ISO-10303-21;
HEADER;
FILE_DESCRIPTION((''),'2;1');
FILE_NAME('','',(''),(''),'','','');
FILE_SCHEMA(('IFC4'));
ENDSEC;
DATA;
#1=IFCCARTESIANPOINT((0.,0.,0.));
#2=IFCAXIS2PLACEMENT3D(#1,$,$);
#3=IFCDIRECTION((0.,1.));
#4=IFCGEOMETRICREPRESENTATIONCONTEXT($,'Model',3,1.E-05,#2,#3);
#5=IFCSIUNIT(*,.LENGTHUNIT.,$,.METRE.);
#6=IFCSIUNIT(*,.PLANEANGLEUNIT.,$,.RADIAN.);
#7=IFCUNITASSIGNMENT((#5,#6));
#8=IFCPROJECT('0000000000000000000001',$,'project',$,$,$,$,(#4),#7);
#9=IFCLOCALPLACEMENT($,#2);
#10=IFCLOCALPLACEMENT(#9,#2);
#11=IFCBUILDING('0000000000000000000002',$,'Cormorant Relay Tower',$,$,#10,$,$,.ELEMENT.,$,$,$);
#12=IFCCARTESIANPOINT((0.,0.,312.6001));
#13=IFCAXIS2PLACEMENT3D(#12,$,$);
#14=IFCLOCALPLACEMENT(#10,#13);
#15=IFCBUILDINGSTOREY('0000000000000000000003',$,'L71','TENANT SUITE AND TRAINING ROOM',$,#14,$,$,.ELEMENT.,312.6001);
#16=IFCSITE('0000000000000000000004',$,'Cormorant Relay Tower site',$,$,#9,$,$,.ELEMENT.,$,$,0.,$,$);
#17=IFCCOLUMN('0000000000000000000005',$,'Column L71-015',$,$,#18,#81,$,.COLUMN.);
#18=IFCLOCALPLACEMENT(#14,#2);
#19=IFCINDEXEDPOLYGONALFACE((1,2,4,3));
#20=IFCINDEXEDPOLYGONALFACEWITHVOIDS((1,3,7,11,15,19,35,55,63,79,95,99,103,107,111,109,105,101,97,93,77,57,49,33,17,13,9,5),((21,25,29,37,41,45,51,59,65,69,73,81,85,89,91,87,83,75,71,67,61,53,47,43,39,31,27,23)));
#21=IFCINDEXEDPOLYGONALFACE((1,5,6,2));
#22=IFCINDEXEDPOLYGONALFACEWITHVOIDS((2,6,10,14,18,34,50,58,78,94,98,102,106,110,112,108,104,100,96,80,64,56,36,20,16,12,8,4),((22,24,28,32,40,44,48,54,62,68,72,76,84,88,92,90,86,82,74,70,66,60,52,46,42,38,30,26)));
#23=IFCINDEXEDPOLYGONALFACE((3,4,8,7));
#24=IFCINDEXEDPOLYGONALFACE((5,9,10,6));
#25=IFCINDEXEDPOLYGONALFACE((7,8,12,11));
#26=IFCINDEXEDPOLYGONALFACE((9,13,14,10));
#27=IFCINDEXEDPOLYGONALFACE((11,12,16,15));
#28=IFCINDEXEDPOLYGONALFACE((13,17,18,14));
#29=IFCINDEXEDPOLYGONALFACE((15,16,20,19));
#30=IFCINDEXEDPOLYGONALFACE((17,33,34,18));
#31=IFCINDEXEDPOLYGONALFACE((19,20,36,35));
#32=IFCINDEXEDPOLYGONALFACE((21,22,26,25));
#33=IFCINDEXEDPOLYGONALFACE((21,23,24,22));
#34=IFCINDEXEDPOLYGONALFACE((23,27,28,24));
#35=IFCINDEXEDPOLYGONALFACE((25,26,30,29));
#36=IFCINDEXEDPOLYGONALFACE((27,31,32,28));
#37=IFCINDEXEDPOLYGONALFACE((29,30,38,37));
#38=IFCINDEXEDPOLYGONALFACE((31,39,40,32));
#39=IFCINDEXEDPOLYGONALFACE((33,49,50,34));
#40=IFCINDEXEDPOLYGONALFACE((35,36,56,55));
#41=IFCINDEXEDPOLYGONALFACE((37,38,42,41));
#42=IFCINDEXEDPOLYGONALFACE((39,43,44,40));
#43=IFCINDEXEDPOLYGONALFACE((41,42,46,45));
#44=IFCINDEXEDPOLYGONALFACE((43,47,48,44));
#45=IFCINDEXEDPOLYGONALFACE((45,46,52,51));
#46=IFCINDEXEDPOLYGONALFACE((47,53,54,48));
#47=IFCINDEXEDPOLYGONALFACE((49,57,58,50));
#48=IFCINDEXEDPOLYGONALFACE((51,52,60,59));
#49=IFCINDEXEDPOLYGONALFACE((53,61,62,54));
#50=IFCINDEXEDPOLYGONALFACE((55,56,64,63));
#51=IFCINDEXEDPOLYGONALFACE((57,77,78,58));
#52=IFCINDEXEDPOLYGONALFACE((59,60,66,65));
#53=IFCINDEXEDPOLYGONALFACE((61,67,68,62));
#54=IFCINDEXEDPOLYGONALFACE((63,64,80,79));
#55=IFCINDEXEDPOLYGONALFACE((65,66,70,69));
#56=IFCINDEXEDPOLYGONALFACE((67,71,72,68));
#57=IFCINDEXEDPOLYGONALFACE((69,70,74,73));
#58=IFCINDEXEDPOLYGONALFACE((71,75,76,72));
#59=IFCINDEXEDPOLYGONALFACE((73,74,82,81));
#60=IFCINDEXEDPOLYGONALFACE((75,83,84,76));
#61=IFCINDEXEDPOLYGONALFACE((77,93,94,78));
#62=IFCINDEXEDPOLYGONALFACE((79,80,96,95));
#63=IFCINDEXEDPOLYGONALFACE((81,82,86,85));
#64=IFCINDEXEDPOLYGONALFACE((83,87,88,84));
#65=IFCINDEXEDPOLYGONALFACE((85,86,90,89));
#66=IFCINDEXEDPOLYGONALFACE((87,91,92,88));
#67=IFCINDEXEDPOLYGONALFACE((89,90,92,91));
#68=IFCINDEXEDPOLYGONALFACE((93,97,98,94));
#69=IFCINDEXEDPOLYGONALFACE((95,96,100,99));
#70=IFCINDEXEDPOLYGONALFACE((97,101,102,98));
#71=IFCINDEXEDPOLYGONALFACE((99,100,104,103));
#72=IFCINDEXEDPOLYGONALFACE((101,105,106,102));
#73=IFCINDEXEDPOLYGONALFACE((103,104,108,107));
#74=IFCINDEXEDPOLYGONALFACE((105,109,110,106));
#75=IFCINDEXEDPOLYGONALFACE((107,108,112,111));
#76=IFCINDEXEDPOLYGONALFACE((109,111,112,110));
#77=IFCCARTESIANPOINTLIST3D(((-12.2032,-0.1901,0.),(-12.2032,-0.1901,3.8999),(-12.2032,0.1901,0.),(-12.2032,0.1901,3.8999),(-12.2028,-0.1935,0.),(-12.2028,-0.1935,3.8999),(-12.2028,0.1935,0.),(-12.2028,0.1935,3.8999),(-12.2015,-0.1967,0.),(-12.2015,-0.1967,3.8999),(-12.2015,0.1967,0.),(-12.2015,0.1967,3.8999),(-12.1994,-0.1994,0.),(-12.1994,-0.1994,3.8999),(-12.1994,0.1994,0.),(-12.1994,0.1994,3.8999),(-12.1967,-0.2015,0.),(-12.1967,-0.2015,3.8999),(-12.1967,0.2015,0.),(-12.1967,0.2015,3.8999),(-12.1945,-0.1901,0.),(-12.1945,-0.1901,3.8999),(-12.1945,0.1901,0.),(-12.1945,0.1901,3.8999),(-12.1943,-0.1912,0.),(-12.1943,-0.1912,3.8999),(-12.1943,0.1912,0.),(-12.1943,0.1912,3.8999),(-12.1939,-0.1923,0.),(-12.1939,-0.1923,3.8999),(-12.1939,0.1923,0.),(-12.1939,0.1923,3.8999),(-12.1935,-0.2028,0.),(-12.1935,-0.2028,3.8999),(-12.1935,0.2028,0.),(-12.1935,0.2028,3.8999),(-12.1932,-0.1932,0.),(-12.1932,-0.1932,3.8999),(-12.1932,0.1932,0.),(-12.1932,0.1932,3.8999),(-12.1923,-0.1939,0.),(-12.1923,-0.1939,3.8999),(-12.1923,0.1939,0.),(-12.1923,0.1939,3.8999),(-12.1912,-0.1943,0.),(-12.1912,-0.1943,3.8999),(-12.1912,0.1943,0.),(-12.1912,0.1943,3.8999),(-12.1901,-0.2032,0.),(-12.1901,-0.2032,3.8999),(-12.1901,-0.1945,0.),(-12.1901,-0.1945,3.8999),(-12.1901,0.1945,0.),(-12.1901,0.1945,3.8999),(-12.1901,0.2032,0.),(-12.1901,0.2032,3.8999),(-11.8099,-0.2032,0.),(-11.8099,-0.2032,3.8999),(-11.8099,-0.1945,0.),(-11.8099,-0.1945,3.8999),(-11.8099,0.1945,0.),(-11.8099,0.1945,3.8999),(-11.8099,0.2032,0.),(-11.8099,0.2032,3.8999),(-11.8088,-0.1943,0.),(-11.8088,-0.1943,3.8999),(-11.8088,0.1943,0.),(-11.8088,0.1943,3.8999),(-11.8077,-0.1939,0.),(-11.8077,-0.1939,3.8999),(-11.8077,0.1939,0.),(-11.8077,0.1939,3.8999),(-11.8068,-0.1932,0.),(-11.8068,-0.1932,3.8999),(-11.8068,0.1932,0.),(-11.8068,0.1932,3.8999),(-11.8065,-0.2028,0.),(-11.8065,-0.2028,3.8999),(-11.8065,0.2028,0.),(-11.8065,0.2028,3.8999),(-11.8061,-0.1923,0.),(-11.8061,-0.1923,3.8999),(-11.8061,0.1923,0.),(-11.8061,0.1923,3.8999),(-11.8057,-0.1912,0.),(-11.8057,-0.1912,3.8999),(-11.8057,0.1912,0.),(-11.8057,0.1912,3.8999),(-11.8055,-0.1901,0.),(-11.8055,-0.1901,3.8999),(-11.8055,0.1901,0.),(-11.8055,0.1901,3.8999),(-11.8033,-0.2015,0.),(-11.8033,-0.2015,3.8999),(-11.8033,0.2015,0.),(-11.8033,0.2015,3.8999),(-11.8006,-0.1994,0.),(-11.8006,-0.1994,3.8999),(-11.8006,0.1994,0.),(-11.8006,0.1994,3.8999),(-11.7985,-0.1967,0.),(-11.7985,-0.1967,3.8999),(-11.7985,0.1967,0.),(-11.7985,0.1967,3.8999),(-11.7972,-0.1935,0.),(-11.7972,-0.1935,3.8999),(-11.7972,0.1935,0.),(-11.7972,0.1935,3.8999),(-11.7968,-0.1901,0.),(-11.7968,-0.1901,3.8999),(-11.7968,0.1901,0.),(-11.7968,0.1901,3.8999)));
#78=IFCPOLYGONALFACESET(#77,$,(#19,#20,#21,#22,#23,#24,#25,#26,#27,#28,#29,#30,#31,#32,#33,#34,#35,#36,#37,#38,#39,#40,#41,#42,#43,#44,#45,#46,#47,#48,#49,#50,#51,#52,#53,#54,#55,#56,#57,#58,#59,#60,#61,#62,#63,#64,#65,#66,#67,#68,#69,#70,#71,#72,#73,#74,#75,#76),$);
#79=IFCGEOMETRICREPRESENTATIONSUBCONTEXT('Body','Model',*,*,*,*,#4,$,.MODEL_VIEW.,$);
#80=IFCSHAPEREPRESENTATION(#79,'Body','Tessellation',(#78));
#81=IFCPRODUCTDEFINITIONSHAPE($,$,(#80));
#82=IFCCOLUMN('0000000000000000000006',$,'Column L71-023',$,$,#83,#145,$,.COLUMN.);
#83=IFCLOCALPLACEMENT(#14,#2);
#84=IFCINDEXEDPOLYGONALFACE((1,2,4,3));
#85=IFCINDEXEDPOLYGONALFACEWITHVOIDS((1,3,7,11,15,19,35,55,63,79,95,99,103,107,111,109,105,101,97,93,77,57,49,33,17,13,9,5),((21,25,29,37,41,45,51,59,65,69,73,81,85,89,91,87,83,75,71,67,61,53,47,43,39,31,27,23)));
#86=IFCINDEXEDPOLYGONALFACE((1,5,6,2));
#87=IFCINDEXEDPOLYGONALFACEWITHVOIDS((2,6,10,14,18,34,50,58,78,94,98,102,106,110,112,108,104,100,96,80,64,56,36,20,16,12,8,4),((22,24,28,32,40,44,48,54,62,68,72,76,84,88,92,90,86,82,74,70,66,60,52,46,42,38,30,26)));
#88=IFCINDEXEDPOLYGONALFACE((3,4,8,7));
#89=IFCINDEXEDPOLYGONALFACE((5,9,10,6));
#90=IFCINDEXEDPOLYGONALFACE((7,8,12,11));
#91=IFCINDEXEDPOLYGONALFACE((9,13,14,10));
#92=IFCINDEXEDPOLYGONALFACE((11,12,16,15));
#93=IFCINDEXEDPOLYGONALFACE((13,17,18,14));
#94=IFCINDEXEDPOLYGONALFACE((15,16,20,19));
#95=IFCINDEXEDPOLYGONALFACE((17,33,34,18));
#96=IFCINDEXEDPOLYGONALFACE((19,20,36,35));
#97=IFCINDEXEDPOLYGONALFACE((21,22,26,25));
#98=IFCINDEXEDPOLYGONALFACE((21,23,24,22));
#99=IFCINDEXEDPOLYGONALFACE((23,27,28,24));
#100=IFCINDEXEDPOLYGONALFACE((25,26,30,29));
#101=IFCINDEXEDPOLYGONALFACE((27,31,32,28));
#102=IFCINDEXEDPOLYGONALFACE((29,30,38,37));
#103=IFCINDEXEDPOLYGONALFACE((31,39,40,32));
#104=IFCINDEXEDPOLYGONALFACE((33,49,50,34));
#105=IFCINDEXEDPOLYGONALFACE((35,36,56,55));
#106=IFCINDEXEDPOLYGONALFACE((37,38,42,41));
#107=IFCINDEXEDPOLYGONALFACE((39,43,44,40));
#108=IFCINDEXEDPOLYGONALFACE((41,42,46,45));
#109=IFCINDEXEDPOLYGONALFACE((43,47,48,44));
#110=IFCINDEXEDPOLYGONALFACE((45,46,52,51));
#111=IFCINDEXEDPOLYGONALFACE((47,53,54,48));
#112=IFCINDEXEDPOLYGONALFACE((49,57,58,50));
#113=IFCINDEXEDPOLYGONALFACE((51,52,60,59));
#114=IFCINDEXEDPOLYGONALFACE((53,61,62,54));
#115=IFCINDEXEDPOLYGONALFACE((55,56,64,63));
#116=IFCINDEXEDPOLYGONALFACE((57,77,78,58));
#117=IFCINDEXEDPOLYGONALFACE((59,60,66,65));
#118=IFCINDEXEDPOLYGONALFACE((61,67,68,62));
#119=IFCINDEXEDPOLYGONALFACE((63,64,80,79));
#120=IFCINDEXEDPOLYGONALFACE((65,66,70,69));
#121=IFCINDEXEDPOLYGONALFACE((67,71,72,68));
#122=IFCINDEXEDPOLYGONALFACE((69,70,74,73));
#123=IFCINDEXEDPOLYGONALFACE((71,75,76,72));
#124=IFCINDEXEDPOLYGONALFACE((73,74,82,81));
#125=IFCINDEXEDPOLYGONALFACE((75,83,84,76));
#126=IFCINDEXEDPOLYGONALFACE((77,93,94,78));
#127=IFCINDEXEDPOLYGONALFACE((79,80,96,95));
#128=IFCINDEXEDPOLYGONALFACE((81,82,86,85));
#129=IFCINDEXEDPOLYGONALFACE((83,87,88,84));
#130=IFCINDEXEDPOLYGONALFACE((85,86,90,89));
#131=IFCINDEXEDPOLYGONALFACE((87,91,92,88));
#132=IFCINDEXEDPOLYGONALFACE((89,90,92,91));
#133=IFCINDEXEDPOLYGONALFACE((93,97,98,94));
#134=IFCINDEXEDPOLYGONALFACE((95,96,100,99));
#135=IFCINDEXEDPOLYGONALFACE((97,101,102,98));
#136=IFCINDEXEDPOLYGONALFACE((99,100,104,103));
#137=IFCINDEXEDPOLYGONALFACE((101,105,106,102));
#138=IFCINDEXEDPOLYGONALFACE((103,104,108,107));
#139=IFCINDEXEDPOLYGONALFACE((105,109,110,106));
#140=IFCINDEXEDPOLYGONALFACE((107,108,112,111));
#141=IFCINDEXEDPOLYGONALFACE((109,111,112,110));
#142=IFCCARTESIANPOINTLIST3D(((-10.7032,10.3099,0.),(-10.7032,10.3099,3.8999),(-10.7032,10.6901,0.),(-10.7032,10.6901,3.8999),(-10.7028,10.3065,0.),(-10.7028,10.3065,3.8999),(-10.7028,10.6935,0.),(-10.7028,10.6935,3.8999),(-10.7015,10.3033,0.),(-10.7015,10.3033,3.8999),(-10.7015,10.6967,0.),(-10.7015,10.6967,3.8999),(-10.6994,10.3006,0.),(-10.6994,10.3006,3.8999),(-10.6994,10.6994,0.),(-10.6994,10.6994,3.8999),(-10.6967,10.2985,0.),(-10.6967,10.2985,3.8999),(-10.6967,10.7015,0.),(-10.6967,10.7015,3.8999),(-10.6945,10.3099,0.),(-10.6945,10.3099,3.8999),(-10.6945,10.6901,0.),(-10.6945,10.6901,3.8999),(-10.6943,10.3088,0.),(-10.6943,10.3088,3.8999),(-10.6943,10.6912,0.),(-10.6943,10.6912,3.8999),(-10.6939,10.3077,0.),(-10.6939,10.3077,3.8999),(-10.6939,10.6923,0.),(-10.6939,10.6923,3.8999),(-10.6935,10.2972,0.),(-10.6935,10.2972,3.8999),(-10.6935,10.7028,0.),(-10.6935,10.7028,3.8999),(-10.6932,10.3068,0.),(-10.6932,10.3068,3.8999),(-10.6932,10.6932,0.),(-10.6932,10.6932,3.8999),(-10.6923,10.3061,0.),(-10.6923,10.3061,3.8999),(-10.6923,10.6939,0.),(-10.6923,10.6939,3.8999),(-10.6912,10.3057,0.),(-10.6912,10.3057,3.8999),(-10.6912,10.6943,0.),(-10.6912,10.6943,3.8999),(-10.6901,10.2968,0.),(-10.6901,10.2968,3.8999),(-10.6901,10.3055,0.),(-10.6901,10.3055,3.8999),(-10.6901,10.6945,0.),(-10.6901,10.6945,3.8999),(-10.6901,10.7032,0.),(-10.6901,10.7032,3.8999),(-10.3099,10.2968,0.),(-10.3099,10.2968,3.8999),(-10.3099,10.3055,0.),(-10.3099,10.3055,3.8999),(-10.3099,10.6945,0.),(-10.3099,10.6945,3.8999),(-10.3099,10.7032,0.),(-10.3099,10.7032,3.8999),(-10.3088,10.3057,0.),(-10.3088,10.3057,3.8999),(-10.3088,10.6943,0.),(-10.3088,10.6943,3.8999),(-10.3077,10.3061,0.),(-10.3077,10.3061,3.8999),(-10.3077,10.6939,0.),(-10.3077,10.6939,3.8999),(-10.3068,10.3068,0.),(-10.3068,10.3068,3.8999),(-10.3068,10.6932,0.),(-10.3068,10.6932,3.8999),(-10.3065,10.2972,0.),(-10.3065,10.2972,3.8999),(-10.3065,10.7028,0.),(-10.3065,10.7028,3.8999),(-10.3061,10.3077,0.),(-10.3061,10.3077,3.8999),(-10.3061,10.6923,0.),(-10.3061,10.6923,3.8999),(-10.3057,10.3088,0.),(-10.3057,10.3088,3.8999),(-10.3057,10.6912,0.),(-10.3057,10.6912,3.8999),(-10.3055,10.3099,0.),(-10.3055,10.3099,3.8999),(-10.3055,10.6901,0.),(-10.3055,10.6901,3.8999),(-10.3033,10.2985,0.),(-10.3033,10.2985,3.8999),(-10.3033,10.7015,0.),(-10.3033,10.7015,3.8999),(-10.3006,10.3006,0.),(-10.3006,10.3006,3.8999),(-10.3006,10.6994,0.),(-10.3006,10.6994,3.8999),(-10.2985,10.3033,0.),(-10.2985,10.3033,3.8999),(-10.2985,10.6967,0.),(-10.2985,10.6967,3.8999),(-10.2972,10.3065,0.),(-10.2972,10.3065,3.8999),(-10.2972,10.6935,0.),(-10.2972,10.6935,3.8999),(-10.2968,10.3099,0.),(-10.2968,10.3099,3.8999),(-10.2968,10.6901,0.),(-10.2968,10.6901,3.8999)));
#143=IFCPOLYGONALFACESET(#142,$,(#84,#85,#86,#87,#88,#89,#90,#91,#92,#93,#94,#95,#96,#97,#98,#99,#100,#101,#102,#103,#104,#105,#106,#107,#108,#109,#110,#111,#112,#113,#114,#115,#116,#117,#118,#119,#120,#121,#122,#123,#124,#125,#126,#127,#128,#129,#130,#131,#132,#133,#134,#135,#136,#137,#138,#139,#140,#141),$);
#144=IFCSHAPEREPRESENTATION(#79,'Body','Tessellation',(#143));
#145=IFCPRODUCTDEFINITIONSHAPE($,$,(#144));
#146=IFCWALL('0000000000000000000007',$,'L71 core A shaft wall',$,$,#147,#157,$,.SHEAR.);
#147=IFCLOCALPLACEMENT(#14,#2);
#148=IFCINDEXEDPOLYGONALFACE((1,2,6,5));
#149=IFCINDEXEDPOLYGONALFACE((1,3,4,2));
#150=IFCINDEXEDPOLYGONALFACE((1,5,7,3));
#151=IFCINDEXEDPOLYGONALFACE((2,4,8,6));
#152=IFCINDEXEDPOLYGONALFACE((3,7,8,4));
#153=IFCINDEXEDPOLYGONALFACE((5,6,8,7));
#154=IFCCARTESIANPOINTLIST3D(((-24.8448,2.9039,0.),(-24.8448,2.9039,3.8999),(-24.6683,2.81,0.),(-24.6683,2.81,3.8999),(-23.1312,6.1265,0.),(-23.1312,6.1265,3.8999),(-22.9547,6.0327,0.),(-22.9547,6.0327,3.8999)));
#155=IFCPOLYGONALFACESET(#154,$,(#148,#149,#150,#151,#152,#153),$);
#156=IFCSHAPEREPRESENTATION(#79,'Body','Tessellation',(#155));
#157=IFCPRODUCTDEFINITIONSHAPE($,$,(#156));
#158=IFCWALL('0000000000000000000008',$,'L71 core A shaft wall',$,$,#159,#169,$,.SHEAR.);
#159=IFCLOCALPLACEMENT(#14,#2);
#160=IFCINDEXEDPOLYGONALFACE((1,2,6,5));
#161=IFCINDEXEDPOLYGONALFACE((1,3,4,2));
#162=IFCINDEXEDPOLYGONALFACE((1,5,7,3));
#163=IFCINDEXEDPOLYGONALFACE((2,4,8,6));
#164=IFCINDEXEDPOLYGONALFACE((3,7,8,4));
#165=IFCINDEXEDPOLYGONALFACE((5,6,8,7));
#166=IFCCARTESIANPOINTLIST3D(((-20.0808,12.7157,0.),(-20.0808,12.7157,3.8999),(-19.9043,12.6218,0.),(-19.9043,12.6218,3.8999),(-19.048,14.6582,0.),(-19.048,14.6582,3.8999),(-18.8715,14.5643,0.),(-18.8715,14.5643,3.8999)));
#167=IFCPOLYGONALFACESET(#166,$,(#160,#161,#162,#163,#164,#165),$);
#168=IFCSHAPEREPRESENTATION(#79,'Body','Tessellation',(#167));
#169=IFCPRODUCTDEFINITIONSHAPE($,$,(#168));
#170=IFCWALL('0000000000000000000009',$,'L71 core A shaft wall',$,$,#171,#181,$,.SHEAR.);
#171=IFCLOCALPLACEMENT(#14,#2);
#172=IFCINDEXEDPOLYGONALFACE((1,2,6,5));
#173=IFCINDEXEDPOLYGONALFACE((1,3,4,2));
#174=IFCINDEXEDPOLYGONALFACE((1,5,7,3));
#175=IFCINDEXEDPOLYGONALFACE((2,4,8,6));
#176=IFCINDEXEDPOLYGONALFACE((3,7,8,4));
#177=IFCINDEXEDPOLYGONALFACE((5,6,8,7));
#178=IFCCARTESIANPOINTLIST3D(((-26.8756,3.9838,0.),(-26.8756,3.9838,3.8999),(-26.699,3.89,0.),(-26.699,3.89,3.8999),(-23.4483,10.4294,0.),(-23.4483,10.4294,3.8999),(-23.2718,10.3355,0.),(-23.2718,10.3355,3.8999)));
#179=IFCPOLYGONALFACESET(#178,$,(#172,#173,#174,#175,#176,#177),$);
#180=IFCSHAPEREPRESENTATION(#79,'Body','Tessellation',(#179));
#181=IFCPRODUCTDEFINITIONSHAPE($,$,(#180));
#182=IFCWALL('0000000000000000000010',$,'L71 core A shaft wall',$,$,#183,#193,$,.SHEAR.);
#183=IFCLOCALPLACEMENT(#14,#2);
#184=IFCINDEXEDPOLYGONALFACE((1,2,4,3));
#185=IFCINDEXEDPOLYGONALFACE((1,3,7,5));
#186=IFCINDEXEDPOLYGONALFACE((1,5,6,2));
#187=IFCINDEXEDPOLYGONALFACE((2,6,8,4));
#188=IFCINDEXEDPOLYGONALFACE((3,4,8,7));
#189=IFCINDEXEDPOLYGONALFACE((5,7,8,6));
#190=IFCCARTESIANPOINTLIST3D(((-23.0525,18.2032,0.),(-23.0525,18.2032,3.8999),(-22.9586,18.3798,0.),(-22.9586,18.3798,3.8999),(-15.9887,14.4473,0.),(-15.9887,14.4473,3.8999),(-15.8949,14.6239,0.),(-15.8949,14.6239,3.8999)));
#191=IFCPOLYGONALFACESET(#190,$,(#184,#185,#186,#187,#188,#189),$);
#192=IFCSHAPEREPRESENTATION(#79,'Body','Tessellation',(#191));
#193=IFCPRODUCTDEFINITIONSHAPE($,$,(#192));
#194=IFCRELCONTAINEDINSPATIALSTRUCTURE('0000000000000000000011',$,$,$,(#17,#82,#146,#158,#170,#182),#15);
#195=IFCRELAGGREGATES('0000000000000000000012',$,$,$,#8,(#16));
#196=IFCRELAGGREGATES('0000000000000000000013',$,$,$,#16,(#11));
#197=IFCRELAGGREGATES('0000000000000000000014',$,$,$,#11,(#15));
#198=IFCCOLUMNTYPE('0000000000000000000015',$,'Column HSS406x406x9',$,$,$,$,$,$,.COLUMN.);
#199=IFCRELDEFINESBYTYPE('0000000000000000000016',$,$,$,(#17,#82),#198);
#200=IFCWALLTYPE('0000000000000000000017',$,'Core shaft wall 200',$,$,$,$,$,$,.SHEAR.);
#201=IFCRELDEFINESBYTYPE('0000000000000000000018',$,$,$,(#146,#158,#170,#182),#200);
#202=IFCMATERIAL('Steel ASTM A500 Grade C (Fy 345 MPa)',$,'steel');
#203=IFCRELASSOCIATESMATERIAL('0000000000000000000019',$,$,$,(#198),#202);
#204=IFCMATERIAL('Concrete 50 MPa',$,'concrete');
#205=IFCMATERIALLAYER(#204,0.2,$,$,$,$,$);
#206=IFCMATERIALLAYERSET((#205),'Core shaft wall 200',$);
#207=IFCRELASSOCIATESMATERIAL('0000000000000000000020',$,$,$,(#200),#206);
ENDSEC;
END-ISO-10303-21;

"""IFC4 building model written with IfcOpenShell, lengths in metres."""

from ifc_helpers import new_model, si_unit, direction, frame, frame_2d, origin, origin_2d, place, context, subcontext, project, spatial, rectangle, hollow_rectangle, extrude, material, layer, layer_set, material_profile, profile_set, type_object, element, save


model = new_model("IFC4")

# Units and contexts
model_context = context("Model", 3, precision=1e-05, world=origin(), true_north=direction((0.0, 1.0)))
body_context = subcontext(model_context, "Body", "Model", "MODEL_VIEW")
ifc_project = project(units=[si_unit("LENGTHUNIT", "METRE"), si_unit("PLANEANGLEUNIT", "RADIAN")], contexts=[model_context])

# Site, building, storey
site_placement = place(None, origin())
site = spatial("IfcSite", under=ifc_project, at=site_placement, Name="Cormorant Relay Tower site", CompositionType="ELEMENT", RefElevation=0.0)
building_placement = place(site_placement, origin())
building = spatial("IfcBuilding", under=site, at=building_placement, Name="Cormorant Relay Tower", CompositionType="ELEMENT")
storey_placement = place(building_placement, frame((0.0, 0.0, 312.6001)))
storey = spatial("IfcBuildingStorey", under=building, at=storey_placement, Name="L71", Description="TENANT SUITE AND TRAINING ROOM", CompositionType="ELEMENT", Elevation=312.6001)

# Columns
ifc_material_1 = material(Name="Steel ASTM A500 Grade C (Fy 345 MPa)", Category="steel")
ifc_material_profile = material_profile(ifc_material_1, hollow_rectangle(XDim=0.4065, YDim=0.4065, WallThickness=0.0088, InnerFilletRadius=0.0044, OuterFilletRadius=0.0132, at=origin_2d()), Name="HSS406x406x9")
ifc_profile_set = profile_set([ifc_material_profile], Name="Steel ASTM A500 Grade C (Fy 345 MPa)")
column_type = type_object("IfcColumnType", Name="Column HSS406x406x9", PredefinedType="COLUMN", material=ifc_profile_set)
for number, where, z_axis, x_axis, name in (
    (1, (-12.0, 0.0, 0.0), (0.0, 0.0, 1.0), (1.0, 0.0, 0.0), "Column L71-015"),
    (2, (-10.5, 10.5, 0.0), (0.0, 0.0, 1.0), (1.0, 0.0, 0.0), "Column L71-023"),
):
    element("IfcColumn", number, at=place(storey_placement, frame(where, z_axis=z_axis, x_axis=x_axis)), inside=storey, type_object=column_type, Name=name, PredefinedType="COLUMN", context=body_context, shape_type="SweptSolid", body=[
        extrude(hollow_rectangle(XDim=0.4065, YDim=0.4065, WallThickness=0.0088, InnerFilletRadius=0.0044, OuterFilletRadius=0.0132, at=origin_2d()), origin(), (0.0, 0.0, 1.0), 3.8999),
    ])

# Walls
ifc_material_2 = material(Name="Concrete 50 MPa", Category="concrete")
ifc_layer_1 = layer(ifc_material_2, 0.2)
ifc_layer_set_1 = layer_set([ifc_layer_1], Name="Core shaft wall 200")
wall_type_1 = type_object("IfcWallType", Name="Core shaft wall 200", PredefinedType="SHEAR", material=ifc_layer_set_1)
wall_1_placement = place(storey_placement, frame((-23.043, 6.0796, 0.0), z_axis=(0.0, 0.0, 1.0), x_axis=(-0.469494, -0.882936, 0.0)))
element("IfcWall", 3, at=wall_1_placement, inside=storey, type_object=wall_type_1, Name="L71 core A shaft wall", PredefinedType="SHEAR", context=body_context, shape_type="SweptSolid", body=[
    extrude(rectangle(XDim=3.6499, YDim=0.2, at=frame_2d((1.825, 0.0))), origin(), (0.0, 0.0, 1.0), 3.8999),
])
wall_2_placement = place(storey_placement, frame((-18.9597, 14.6113, 0.0), z_axis=(0.0, 0.0, 1.0), x_axis=(-0.469447, -0.88296, 0.0)))
element("IfcWall", 4, at=wall_2_placement, inside=storey, type_object=wall_type_1, Name="L71 core A shaft wall", PredefinedType="SHEAR", context=body_context, shape_type="SweptSolid", body=[
    extrude(rectangle(XDim=2.2, YDim=0.2, at=frame_2d((1.1001, 0.0))), origin(), (0.0, 0.0, 1.0), 3.8999),
])
wall_3_placement = place(storey_placement, frame((-23.3601, 10.3823, 0.0), z_axis=(0.0, 0.0, 1.0), x_axis=(-0.46948, -0.882943, 0.0)))
element("IfcWall", 5, at=wall_3_placement, inside=storey, type_object=wall_type_1, Name="L71 core A shaft wall", PredefinedType="SHEAR", context=body_context, shape_type="SweptSolid", body=[
    extrude(rectangle(XDim=7.3, YDim=0.2, at=frame_2d((3.6499, 0.0))), origin(), (0.0, 0.0, 1.0), 3.8999),
])
wall_4_placement = place(storey_placement, frame((-15.9419, 14.5356, 0.0), z_axis=(0.0, 0.0, 1.0), x_axis=(-0.882947, 0.469473, 0.0)))
element("IfcWall", 6, at=wall_4_placement, inside=storey, type_object=wall_type_1, Name="L71 core A shaft wall", PredefinedType="SHEAR", context=body_context, shape_type="SweptSolid", body=[
    extrude(rectangle(XDim=8.0002, YDim=0.2, at=frame_2d((4.0, 0.0))), origin(), (0.0, 0.0, 1.0), 3.8999),
])

save(model, "model.ifc")
